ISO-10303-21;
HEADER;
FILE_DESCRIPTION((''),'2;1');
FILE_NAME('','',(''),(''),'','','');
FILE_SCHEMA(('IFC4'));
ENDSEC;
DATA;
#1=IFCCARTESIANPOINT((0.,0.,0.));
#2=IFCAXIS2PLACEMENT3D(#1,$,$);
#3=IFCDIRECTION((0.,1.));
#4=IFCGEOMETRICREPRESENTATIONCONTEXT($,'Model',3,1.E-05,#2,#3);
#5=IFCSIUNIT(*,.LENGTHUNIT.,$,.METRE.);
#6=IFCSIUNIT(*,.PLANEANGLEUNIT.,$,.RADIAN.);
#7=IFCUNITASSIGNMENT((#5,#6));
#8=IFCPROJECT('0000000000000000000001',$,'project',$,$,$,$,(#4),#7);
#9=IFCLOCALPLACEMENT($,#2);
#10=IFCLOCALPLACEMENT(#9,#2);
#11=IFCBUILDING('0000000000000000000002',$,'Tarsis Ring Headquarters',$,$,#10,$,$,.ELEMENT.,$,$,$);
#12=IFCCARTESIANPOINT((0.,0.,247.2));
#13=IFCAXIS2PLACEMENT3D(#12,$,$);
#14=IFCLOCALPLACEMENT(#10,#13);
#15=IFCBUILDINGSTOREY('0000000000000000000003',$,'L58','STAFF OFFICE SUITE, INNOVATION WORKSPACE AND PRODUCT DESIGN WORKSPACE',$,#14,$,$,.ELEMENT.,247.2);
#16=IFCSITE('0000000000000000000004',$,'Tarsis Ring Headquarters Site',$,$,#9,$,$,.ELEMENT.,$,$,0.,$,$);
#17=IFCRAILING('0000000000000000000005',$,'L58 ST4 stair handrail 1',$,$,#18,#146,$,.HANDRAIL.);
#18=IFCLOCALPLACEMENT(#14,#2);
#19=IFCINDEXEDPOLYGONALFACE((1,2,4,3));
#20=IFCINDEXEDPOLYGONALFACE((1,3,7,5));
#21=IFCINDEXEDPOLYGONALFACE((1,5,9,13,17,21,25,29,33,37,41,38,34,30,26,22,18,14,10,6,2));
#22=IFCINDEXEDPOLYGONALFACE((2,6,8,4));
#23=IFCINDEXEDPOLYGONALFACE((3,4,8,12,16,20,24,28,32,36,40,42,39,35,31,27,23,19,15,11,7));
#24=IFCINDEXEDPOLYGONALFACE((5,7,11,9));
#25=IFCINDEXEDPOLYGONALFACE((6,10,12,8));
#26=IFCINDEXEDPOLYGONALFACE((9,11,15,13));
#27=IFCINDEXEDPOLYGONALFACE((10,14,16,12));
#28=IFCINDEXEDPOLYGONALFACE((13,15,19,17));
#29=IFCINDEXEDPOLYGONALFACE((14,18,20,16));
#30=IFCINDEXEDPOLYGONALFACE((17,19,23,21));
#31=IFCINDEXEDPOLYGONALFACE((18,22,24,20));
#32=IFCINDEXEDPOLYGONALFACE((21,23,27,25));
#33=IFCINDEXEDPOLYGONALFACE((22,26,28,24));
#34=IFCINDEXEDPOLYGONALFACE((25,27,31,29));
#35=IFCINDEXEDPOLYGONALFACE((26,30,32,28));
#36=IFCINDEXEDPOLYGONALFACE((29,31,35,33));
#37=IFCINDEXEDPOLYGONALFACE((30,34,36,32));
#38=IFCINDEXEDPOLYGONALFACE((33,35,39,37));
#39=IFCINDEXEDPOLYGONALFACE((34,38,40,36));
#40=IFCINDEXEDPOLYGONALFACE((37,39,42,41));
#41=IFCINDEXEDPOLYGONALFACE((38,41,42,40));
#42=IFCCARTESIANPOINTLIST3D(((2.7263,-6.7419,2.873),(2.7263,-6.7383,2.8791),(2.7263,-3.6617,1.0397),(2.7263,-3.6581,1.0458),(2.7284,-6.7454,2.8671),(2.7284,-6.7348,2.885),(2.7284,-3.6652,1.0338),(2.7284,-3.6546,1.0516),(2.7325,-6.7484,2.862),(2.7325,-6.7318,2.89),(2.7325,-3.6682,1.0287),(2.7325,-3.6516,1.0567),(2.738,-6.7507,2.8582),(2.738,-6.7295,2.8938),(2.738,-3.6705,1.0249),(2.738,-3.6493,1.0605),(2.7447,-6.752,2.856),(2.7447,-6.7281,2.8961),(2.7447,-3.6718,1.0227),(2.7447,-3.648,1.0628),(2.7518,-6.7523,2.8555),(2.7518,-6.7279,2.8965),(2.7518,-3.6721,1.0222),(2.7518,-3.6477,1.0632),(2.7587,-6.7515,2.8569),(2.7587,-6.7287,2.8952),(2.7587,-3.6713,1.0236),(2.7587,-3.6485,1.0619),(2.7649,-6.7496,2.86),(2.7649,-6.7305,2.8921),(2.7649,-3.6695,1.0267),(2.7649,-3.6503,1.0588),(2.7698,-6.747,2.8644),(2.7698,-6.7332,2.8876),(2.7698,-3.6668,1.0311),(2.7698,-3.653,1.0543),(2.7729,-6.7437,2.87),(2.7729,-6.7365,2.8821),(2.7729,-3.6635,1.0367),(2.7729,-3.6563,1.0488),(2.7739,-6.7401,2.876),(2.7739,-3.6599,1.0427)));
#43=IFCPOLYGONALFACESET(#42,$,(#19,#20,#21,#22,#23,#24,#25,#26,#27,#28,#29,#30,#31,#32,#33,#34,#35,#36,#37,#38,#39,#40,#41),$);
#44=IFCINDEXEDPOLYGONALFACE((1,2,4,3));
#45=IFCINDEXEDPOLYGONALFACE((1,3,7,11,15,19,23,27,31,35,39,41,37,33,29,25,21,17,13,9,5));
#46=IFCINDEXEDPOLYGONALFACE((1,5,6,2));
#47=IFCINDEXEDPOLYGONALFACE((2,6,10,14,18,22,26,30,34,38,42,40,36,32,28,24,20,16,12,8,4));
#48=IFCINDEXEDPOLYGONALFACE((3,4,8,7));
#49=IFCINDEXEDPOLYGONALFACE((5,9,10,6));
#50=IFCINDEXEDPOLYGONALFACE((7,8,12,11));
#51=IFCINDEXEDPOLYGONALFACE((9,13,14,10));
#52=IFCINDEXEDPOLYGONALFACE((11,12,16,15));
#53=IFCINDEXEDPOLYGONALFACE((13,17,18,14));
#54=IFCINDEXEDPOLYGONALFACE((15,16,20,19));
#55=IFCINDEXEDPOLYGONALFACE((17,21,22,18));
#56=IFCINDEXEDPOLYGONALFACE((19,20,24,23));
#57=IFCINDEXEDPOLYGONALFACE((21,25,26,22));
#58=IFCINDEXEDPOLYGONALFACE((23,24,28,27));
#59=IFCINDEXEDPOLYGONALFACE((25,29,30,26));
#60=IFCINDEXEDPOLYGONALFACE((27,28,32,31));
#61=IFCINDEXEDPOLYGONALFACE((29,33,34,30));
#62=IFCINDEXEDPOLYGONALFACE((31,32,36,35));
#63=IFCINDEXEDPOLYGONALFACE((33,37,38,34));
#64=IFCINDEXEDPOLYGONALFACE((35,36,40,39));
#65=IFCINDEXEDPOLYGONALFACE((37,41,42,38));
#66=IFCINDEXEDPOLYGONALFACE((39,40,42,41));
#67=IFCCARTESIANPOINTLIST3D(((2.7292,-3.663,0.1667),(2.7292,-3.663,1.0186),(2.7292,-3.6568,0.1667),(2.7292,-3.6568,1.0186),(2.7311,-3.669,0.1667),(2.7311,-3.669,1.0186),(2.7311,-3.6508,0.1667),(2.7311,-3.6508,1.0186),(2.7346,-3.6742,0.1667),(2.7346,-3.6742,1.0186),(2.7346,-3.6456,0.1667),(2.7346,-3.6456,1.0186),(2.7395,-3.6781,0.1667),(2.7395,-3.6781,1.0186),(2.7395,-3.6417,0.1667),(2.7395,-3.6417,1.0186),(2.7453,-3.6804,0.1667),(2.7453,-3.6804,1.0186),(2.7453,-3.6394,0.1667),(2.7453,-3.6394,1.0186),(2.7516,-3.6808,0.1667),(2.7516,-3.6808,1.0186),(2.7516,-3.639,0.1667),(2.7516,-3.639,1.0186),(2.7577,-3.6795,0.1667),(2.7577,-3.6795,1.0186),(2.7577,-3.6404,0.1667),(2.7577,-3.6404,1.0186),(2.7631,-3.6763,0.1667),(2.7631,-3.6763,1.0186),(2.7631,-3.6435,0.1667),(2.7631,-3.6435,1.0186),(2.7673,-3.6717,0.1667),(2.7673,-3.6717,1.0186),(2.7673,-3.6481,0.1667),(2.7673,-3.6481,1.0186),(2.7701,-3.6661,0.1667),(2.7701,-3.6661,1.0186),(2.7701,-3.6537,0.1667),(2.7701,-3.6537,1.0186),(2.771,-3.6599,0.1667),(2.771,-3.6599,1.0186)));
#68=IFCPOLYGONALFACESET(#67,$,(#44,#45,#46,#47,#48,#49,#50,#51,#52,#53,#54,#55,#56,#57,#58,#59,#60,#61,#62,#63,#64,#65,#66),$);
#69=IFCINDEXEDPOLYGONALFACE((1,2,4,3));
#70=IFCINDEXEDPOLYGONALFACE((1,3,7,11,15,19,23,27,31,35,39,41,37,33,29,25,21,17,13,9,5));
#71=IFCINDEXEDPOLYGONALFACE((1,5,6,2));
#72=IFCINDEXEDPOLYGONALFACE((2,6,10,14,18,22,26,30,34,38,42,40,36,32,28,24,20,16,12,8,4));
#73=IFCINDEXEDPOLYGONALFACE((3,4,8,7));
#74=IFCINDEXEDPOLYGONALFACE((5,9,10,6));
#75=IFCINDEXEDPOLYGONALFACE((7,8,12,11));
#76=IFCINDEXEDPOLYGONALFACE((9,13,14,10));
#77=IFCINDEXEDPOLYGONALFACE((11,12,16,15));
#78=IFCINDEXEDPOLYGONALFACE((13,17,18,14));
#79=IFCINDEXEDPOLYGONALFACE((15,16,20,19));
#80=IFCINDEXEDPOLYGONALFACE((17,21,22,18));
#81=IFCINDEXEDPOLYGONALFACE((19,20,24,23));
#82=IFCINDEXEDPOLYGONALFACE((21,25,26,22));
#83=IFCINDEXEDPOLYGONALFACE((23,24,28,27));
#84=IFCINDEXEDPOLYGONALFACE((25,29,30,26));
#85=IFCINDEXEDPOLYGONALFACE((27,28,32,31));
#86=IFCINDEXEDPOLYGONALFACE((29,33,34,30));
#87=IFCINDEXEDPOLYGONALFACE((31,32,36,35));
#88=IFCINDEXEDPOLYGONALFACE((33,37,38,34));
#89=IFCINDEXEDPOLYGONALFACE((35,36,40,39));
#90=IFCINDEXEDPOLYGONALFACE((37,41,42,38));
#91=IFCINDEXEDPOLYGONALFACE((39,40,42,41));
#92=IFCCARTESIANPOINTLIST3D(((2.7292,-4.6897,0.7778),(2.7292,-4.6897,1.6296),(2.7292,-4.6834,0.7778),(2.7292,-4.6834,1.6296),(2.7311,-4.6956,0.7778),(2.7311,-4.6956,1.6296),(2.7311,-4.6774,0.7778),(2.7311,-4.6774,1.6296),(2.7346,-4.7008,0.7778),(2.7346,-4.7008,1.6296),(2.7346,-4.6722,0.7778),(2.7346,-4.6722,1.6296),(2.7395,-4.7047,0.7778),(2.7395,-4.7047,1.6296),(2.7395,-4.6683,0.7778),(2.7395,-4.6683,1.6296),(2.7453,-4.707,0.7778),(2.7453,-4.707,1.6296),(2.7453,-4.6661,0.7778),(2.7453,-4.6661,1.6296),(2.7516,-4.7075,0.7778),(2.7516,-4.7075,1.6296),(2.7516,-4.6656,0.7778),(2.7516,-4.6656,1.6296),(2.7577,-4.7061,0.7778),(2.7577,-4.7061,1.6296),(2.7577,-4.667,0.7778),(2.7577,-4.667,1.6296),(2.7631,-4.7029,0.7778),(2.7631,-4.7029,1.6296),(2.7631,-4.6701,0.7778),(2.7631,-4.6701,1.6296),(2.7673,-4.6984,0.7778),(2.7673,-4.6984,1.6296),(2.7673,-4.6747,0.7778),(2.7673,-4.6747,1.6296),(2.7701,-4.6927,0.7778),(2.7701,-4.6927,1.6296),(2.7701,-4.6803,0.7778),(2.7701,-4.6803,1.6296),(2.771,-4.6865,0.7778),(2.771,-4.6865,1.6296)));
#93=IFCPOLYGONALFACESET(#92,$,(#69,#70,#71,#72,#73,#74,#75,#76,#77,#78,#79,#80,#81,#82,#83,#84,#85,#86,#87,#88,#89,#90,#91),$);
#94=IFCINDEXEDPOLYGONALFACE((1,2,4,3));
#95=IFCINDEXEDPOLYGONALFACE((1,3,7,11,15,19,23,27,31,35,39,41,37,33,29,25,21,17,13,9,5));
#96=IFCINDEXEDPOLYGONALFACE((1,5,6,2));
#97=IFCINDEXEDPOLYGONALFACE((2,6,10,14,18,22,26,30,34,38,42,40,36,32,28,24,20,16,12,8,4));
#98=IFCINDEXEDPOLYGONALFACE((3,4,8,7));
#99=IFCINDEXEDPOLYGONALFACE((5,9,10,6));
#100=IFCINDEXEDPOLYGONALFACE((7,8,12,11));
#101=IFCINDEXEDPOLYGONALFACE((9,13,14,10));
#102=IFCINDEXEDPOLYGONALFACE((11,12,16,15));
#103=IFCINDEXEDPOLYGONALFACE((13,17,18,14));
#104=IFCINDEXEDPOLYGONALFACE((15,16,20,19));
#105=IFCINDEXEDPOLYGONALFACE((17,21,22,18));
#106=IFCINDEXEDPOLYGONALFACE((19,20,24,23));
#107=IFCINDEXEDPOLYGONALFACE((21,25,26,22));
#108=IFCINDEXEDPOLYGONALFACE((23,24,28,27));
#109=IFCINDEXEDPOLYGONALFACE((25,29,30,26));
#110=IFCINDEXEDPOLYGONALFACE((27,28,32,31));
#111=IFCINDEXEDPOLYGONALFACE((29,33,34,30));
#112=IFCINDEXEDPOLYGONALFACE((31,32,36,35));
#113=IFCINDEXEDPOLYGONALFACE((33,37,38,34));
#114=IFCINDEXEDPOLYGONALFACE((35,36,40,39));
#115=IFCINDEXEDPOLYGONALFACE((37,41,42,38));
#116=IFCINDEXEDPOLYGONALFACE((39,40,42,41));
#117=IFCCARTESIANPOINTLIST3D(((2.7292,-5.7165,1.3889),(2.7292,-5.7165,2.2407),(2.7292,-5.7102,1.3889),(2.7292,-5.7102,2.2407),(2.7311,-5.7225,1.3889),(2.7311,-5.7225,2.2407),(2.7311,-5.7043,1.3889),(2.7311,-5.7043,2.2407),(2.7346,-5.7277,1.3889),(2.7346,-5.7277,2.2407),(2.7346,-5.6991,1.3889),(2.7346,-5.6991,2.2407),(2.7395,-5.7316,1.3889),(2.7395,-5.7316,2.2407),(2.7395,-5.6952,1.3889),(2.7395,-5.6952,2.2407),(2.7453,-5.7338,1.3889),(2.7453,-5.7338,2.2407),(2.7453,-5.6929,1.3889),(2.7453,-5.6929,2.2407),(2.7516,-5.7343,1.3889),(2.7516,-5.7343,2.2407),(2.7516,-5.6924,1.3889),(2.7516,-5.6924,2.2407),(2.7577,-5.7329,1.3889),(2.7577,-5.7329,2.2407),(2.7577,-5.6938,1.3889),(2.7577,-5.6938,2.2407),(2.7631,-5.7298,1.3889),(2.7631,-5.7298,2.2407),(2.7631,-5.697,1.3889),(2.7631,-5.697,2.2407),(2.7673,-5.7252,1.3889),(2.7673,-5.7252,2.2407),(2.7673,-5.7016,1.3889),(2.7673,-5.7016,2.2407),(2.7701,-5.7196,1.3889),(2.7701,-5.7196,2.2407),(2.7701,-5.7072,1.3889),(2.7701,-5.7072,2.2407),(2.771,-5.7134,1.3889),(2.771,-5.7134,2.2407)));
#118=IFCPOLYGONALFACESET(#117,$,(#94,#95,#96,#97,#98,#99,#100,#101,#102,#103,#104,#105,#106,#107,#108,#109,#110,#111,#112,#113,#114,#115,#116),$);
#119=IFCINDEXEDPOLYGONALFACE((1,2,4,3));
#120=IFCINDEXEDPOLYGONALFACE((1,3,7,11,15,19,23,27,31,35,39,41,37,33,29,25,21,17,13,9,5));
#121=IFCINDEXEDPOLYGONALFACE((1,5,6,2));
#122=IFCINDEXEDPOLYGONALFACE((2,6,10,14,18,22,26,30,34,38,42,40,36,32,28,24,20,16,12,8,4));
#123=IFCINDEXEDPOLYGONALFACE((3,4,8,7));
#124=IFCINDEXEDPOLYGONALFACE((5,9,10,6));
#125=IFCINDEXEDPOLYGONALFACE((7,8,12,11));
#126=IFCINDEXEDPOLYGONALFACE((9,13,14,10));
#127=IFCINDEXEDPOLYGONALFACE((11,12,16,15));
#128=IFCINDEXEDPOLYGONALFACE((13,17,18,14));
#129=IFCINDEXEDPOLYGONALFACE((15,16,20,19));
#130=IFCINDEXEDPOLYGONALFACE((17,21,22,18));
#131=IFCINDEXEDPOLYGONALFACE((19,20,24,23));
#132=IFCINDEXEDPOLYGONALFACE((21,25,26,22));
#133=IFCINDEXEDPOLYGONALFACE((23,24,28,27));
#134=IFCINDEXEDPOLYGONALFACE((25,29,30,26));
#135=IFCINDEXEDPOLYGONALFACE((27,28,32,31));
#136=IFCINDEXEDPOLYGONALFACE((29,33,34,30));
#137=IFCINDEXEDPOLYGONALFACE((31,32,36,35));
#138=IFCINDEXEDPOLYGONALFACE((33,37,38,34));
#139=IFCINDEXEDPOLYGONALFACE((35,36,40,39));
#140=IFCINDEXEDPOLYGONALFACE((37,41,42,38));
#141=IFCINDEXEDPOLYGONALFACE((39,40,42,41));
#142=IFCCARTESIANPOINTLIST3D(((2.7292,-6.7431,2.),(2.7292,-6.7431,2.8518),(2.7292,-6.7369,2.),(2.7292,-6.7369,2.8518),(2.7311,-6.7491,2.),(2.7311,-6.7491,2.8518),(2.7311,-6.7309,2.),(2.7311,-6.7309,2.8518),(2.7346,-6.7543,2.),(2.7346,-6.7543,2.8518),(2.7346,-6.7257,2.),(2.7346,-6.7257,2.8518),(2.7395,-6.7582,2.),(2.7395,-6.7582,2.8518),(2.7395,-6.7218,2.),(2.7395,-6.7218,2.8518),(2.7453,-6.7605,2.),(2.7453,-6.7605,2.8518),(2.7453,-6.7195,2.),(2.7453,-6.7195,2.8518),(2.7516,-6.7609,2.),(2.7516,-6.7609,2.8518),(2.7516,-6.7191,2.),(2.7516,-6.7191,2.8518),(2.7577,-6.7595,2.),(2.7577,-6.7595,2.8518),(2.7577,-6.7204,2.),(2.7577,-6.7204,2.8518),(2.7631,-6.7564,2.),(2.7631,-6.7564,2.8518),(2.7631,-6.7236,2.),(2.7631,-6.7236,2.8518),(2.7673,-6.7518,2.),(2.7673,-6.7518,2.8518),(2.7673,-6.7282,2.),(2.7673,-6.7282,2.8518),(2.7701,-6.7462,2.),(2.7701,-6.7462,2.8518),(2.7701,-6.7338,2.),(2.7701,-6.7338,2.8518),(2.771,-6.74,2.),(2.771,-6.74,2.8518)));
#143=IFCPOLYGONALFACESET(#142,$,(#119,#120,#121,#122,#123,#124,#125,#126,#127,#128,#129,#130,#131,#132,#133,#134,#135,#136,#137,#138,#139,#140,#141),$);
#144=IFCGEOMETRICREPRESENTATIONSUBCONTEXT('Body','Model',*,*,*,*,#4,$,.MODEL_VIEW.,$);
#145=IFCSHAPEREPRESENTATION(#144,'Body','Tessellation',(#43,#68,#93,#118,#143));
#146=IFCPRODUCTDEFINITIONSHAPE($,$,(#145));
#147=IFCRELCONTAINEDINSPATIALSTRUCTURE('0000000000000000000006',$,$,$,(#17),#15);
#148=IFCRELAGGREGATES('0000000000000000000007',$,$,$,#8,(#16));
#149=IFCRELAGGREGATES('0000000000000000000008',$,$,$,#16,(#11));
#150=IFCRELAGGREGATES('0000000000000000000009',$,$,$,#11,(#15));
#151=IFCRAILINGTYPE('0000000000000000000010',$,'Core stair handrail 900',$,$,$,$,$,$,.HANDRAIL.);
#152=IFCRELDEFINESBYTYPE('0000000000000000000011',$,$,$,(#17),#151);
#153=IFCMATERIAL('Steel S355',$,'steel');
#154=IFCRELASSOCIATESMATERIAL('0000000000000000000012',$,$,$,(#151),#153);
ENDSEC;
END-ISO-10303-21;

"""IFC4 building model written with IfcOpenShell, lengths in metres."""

from ifc_helpers import new_model, si_unit, direction, frame, origin, origin_2d, place, context, subcontext, project, spatial, circle, extrude, material, type_object, element, save


model = new_model("IFC4")

# Units and contexts
model_context = context("Model", 3, precision=1e-05, world=origin(), true_north=direction((0.0, 1.0)))
body_context = subcontext(model_context, "Body", "Model", "MODEL_VIEW")
ifc_project = project(units=[si_unit("LENGTHUNIT", "METRE"), si_unit("PLANEANGLEUNIT", "RADIAN")], contexts=[model_context])

# Site, building, storey
site_placement = place(None, origin())
site = spatial("IfcSite", under=ifc_project, at=site_placement, Name="Tarsis Ring Headquarters Site", CompositionType="ELEMENT", RefElevation=0.0)
building_placement = place(site_placement, origin())
building = spatial("IfcBuilding", under=site, at=building_placement, Name="Tarsis Ring Headquarters", CompositionType="ELEMENT")
storey_placement = place(building_placement, frame((0.0, 0.0, 247.2)))
storey = spatial("IfcBuildingStorey", under=building, at=storey_placement, Name="L58", Description="STAFF OFFICE SUITE, INNOVATION WORKSPACE AND PRODUCT DESIGN WORKSPACE", CompositionType="ELEMENT", Elevation=247.2)

# Railing
ifc_material_1 = material(Name="Steel S355", Category="steel")
railing_type_1 = type_object("IfcRailingType", Name="Core stair handrail 900", PredefinedType="HANDRAIL", material=ifc_material_1)
for number, where, name in (
    (1, (2.75, -3.6599, 0.1667), "L58 ST4 stair handrail 1"),
):
    element("IfcRailing", number, at=place(storey_placement, frame(where)), inside=storey, type_object=railing_type_1, Name=name, PredefinedType="HANDRAIL", context=body_context, shape_type="SweptSolid", body=[
        extrude(circle(Radius=0.0239, at=origin_2d()), frame((0.0, 0.0, 0.876), z_axis=(0.0, -0.859309, 0.511458), x_axis=(1.0, 0.0, 0.0)), (0.0, 0.0, 1.0), 3.5845),
        extrude(circle(Radius=0.021, at=origin_2d()), origin(), (0.0, 0.0, 1.0), 0.8518),
        extrude(circle(Radius=0.021, at=origin_2d()), frame((0.0, -1.0266, 0.6111)), (0.0, 0.0, 1.0), 0.8518),
        extrude(circle(Radius=0.021, at=origin_2d()), frame((0.0, -2.0535, 1.2222)), (0.0, 0.0, 1.0), 0.8518),
        extrude(circle(Radius=0.021, at=origin_2d()), frame((0.0, -3.0801, 1.8333)), (0.0, 0.0, 1.0), 0.8518),
    ])

save(model, "model.ifc")
